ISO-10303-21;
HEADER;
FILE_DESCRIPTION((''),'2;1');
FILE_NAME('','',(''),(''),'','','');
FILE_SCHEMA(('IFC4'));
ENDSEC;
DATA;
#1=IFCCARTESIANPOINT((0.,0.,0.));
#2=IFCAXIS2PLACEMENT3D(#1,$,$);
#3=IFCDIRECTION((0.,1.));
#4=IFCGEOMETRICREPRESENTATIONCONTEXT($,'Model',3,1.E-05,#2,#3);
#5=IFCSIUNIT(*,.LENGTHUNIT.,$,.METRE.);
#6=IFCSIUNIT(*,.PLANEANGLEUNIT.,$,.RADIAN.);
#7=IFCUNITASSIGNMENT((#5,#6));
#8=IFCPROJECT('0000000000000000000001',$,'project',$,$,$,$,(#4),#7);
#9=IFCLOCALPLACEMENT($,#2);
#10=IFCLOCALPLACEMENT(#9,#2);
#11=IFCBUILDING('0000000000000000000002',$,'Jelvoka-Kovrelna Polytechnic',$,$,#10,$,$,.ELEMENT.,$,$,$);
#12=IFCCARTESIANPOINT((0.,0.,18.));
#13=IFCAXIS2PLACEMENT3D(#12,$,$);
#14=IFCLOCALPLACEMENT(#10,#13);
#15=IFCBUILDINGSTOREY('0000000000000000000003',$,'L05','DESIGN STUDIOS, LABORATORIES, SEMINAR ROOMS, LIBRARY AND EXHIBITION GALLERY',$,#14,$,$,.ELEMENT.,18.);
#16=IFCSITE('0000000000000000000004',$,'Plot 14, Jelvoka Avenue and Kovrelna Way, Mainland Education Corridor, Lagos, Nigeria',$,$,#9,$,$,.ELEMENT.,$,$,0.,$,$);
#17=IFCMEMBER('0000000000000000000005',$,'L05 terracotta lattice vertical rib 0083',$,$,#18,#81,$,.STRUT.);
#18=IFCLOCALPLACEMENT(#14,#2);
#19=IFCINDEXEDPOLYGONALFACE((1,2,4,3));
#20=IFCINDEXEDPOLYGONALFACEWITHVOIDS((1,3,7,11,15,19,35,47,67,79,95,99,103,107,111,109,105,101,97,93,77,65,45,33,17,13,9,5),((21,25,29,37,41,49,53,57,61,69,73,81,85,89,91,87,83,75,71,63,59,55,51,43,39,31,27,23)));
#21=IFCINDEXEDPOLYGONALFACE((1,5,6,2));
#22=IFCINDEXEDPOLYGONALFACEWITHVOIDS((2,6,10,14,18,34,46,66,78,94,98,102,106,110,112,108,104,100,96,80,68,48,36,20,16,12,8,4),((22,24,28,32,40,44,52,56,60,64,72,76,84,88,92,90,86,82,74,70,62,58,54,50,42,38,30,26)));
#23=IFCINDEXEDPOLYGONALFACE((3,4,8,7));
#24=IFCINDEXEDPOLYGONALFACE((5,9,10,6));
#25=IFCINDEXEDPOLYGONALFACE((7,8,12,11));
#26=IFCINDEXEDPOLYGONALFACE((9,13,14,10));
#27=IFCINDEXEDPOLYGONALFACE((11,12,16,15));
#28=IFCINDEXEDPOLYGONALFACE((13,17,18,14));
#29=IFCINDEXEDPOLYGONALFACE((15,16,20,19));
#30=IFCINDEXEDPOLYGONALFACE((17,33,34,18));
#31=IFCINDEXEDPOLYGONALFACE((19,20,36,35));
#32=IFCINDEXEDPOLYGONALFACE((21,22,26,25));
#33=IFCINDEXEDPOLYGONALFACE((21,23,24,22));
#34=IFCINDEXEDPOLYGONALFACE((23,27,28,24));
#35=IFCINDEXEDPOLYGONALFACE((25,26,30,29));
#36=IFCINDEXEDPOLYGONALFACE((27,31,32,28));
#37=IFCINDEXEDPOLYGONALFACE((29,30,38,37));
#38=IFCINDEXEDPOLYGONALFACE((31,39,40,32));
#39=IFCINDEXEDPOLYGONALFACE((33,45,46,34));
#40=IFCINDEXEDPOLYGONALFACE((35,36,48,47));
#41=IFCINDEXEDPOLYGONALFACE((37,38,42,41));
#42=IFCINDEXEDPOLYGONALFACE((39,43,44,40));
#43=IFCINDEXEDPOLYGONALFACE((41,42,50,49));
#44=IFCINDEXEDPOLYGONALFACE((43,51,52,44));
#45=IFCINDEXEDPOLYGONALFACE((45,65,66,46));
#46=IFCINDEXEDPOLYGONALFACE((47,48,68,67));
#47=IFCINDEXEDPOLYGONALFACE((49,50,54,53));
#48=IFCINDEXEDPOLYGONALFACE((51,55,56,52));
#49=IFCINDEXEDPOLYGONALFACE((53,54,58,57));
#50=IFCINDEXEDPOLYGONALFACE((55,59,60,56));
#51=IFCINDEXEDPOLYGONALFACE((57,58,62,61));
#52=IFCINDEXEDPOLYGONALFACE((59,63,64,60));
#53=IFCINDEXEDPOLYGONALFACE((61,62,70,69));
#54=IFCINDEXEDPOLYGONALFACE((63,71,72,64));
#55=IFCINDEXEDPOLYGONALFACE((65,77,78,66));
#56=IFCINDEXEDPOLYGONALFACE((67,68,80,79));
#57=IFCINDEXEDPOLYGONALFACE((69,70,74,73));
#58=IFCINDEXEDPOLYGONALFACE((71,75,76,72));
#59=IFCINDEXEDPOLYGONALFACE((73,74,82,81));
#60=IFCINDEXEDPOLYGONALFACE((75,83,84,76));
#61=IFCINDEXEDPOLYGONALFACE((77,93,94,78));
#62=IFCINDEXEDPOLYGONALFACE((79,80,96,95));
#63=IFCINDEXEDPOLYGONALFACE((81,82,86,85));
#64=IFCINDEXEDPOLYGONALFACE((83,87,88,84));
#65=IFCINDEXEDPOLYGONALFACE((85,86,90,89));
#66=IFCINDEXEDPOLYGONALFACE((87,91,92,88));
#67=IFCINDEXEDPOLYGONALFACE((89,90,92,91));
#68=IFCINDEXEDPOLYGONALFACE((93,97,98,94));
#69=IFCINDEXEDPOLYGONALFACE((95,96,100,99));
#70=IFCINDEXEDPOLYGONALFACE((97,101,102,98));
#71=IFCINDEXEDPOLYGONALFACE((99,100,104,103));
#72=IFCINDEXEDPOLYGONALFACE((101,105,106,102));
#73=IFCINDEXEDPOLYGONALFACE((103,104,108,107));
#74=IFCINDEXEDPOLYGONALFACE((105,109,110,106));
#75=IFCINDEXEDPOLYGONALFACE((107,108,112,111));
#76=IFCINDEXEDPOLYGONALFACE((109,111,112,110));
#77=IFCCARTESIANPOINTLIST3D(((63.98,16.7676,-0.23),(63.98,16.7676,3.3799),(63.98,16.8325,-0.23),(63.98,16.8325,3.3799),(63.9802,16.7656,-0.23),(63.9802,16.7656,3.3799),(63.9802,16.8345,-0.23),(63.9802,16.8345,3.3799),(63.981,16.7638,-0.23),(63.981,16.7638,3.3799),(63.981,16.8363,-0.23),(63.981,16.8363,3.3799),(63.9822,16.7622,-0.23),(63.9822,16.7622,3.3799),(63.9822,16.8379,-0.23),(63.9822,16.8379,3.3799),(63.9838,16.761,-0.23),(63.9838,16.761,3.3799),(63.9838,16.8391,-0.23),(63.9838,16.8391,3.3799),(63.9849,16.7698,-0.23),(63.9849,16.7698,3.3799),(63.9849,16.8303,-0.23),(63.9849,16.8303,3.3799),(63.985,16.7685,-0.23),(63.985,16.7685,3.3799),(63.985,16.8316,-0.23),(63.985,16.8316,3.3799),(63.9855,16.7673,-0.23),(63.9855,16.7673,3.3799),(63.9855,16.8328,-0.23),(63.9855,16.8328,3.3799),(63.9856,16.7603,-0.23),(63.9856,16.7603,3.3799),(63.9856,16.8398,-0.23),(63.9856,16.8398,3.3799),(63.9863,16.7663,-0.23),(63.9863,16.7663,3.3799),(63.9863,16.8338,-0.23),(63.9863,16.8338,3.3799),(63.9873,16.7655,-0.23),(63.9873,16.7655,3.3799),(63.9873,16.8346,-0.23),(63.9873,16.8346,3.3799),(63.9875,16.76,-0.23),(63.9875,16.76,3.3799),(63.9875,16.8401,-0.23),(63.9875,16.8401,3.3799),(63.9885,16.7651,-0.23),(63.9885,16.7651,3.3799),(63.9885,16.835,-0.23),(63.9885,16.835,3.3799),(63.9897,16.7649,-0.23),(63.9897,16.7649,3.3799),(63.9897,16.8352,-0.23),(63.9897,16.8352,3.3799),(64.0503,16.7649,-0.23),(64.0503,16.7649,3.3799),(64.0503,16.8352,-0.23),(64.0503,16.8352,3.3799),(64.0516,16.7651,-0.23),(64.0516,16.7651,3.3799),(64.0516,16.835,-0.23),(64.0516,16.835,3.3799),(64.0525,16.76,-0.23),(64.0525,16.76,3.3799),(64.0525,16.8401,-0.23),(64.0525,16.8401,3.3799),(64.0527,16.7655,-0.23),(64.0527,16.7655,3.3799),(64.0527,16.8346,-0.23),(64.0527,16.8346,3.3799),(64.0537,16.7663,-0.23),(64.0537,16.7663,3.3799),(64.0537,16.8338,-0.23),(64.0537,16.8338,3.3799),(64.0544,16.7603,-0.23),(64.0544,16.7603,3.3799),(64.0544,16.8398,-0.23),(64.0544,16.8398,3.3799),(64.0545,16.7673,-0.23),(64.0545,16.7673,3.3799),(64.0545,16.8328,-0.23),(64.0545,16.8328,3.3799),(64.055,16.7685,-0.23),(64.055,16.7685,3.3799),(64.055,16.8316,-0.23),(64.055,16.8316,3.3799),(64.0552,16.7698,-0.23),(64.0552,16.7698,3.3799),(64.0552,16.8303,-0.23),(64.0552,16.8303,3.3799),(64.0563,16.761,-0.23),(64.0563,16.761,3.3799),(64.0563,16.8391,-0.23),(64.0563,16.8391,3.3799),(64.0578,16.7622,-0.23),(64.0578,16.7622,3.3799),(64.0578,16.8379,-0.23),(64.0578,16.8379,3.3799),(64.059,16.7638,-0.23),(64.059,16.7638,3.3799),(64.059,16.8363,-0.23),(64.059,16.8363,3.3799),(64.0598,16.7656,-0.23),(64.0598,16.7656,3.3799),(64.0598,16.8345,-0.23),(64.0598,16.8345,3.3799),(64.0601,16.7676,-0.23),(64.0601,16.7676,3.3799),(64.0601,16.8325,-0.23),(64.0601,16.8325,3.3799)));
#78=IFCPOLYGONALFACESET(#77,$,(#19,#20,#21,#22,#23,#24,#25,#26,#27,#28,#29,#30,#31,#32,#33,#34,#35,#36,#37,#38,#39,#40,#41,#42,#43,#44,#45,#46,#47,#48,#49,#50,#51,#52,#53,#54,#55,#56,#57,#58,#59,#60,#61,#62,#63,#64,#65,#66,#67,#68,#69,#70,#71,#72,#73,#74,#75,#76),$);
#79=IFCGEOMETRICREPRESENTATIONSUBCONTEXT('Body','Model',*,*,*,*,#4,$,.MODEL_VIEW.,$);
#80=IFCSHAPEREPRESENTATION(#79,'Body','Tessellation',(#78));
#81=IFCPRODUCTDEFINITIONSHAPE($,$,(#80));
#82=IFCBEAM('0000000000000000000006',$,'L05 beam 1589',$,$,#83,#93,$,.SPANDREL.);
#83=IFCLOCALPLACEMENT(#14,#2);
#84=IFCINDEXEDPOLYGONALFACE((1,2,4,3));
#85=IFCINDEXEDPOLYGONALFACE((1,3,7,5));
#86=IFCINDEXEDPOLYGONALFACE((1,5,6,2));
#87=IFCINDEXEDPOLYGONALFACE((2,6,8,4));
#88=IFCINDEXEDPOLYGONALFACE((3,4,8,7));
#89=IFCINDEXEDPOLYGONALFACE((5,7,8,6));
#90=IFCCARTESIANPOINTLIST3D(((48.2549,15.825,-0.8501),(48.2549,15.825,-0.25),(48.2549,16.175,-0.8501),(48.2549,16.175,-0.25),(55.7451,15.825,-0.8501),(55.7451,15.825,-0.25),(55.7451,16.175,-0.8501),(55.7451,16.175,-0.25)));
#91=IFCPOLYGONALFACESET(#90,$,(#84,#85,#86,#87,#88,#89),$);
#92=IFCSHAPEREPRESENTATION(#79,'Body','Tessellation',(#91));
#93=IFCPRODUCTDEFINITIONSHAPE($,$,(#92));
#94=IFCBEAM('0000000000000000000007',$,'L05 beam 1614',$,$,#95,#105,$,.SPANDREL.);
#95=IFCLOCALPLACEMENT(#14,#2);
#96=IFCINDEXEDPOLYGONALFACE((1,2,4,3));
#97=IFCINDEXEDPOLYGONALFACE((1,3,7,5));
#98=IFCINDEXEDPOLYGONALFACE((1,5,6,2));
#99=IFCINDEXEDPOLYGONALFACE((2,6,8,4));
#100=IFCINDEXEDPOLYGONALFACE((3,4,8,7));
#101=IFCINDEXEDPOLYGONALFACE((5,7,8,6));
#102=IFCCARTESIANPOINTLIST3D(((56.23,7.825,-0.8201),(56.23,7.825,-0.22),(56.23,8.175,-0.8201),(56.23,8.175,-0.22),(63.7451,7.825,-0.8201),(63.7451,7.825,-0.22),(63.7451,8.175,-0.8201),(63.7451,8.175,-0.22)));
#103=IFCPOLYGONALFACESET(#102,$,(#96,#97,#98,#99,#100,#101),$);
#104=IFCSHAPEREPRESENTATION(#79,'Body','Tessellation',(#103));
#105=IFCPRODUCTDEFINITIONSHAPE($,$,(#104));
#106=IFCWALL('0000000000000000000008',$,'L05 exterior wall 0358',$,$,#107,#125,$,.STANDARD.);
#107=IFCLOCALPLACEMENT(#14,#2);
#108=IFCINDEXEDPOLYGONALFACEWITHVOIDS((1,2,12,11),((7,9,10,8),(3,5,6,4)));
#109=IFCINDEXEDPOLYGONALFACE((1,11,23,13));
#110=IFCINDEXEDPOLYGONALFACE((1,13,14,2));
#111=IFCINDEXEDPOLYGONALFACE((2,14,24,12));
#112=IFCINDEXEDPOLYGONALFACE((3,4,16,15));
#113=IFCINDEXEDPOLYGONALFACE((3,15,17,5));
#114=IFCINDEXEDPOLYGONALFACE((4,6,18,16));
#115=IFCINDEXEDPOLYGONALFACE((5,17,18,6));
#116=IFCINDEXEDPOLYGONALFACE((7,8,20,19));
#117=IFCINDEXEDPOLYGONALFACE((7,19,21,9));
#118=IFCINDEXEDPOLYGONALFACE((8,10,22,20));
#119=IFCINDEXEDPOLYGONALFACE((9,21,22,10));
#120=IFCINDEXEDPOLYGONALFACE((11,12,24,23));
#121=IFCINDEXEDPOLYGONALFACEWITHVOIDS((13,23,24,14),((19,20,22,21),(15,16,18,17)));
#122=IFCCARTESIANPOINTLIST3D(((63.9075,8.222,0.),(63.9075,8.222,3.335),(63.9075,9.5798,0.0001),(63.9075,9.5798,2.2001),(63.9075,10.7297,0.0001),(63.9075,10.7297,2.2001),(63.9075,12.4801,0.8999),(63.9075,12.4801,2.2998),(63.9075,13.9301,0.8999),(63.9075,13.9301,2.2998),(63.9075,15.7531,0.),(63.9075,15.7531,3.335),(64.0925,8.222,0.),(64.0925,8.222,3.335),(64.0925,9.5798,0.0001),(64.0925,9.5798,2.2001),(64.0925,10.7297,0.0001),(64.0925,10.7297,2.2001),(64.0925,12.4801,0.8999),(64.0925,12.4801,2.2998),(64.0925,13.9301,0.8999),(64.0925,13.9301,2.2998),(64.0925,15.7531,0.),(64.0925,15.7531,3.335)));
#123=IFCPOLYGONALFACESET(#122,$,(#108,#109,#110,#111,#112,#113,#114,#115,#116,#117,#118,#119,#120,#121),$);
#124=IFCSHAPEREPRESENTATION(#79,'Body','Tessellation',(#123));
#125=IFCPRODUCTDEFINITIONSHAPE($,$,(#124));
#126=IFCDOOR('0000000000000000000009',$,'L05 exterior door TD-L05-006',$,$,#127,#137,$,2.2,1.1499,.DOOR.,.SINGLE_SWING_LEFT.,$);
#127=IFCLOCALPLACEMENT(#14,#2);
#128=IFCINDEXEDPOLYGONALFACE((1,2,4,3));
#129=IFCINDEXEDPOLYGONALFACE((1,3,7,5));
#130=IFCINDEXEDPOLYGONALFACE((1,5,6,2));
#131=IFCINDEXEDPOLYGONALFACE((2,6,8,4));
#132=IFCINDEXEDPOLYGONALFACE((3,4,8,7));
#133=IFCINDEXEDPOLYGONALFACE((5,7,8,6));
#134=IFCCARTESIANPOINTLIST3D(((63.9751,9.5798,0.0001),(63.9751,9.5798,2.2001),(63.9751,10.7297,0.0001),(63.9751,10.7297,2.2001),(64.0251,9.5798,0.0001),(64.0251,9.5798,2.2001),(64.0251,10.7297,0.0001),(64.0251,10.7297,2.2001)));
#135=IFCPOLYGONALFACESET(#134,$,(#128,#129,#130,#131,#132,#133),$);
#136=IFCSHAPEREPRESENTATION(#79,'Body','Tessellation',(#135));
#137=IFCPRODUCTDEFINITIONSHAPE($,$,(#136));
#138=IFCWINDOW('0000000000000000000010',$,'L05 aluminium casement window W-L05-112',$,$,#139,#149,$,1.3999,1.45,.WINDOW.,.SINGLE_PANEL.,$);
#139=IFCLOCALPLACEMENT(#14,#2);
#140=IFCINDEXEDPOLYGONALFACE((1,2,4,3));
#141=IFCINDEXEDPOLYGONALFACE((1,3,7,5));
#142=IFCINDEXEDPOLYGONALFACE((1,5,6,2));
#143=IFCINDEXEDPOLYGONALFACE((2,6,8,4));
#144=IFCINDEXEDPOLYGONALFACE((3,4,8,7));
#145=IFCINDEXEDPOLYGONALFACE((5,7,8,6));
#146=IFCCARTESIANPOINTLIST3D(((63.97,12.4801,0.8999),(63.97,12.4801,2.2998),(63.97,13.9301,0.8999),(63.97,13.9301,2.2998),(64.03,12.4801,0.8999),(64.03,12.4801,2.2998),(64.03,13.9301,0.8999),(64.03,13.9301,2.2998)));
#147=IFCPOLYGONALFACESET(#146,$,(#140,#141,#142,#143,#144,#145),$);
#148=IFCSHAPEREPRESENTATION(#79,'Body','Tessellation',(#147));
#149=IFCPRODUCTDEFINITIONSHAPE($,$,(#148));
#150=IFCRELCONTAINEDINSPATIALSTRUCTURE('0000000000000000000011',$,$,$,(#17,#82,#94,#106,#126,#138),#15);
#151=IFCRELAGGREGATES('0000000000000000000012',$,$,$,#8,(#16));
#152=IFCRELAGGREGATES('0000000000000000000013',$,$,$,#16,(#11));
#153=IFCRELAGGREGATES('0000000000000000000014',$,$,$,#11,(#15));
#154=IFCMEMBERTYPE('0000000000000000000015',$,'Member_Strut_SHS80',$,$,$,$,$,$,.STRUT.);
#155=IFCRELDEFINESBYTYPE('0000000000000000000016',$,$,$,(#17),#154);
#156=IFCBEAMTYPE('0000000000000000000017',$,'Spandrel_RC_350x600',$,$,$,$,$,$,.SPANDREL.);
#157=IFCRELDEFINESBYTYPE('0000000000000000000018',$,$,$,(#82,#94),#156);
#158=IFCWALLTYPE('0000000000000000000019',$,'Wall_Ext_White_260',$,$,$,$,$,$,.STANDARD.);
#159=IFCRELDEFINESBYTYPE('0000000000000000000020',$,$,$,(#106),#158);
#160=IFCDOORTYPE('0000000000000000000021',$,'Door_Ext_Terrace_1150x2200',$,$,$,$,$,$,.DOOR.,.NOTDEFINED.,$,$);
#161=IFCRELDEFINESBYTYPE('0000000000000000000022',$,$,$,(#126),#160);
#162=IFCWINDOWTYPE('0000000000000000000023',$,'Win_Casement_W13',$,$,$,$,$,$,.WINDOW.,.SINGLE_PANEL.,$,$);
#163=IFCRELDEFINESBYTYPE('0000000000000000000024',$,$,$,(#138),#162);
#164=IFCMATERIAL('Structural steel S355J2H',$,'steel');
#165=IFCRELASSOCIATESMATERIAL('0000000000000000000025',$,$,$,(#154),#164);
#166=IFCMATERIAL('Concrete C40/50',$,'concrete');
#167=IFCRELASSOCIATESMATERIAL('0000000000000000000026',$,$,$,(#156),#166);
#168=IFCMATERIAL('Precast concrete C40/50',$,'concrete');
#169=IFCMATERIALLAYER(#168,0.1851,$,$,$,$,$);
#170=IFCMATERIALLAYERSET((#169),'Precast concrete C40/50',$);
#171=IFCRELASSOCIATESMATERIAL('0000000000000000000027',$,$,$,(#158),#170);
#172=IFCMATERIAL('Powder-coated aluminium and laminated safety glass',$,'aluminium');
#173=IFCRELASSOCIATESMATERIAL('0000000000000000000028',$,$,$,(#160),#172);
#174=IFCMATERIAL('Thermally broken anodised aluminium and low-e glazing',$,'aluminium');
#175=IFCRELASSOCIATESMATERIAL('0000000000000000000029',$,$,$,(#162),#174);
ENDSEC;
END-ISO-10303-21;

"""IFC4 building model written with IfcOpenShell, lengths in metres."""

from ifc_helpers import new_model, si_unit, direction, frame, frame_2d, origin, origin_2d, place, context, subcontext, project, spatial, rectangle, hollow_rectangle, extrude, material, layer, layer_set, material_profile, profile_set, type_object, element, fill, save


model = new_model("IFC4")

# Units and contexts
model_context = context("Model", 3, precision=1e-05, world=origin(), true_north=direction((0.0, 1.0)))
body_context = subcontext(model_context, "Body", "Model", "MODEL_VIEW")
ifc_project = project(units=[si_unit("LENGTHUNIT", "METRE"), si_unit("PLANEANGLEUNIT", "RADIAN")], contexts=[model_context])

# Site, building, storey
site_placement = place(None, origin())
site = spatial("IfcSite", under=ifc_project, at=site_placement, Name="Plot 14, Jelvoka Avenue and Kovrelna Way, Mainland Education Corridor, Lagos, Nigeria", CompositionType="ELEMENT", RefElevation=0.0)
building_placement = place(site_placement, origin())
building = spatial("IfcBuilding", under=site, at=building_placement, Name="Jelvoka-Kovrelna Polytechnic", CompositionType="ELEMENT")
storey_placement = place(building_placement, frame((0.0, 0.0, 18.0)))
storey = spatial("IfcBuildingStorey", under=building, at=storey_placement, Name="L05", Description="DESIGN STUDIOS, LABORATORIES, SEMINAR ROOMS, LIBRARY AND EXHIBITION GALLERY", CompositionType="ELEMENT", Elevation=18.0)

# Member
ifc_material_1 = material(Name="Structural steel S355J2H", Category="steel")
ifc_material_profile_1 = material_profile(ifc_material_1, hollow_rectangle(XDim=0.0801, YDim=0.0801, WallThickness=0.0049, InnerFilletRadius=0.0049, OuterFilletRadius=0.0076, at=origin_2d()), Name="80x80x5.0 SHS")
ifc_profile_set_1 = profile_set([ifc_material_profile_1], Name="Structural steel S355J2H")
member_type_1 = type_object("IfcMemberType", Name="Member_Strut_SHS80", PredefinedType="STRUT", material=ifc_profile_set_1)
member_placement = place(storey_placement, frame((64.02, 16.8, -0.23), z_axis=(0.0, 0.0, 1.0), x_axis=(1.0, 0.0, 0.0)))
element("IfcMember", 1, at=member_placement, inside=storey, type_object=member_type_1, Name="L05 terracotta lattice vertical rib 0083", PredefinedType="STRUT", context=body_context, shape_type="SweptSolid", body=[
    extrude(hollow_rectangle(XDim=0.0801, YDim=0.0801, WallThickness=0.0049, InnerFilletRadius=0.0049, OuterFilletRadius=0.0076, at=origin_2d()), origin(), (0.0, 0.0, 1.0), 3.6099),
])

# Beams
ifc_material_2 = material(Name="Concrete C40/50", Category="concrete")
ifc_material_profile_2 = material_profile(ifc_material_2, rectangle(XDim=0.3501, YDim=0.6001, at=origin_2d()), Name="RC 350x600")
ifc_profile_set_2 = profile_set([ifc_material_profile_2], Name="Concrete C40/50")
beam_type_1 = type_object("IfcBeamType", Name="Spandrel_RC_350x600", PredefinedType="SPANDREL", material=ifc_profile_set_2)
beam_1_placement = place(storey_placement, frame((48.2549, 16.0, -0.55), z_axis=(1.0, 0.0, 0.0), x_axis=(0.0, 1.0, 0.0)))
element("IfcBeam", 2, at=beam_1_placement, inside=storey, type_object=beam_type_1, Name="L05 beam 1589", PredefinedType="SPANDREL", context=body_context, shape_type="SweptSolid", body=[
    extrude(rectangle(XDim=0.3501, YDim=0.6001, at=origin_2d()), origin(), (0.0, 0.0, 1.0), 7.4902),
])
beam_2_placement = place(storey_placement, frame((56.23, 8.0, -0.52), z_axis=(1.0, 0.0, 0.0), x_axis=(0.0, 1.0, 0.0)))
element("IfcBeam", 3, at=beam_2_placement, inside=storey, type_object=beam_type_1, Name="L05 beam 1614", PredefinedType="SPANDREL", context=body_context, shape_type="SweptSolid", body=[
    extrude(rectangle(XDim=0.3501, YDim=0.6001, at=origin_2d()), origin(), (0.0, 0.0, 1.0), 7.5151),
])

# Wall, openings, door, window
ifc_material_3 = material(Name="Precast concrete C40/50", Category="concrete")
ifc_layer = layer(ifc_material_3, 0.1851)
ifc_layer_set = layer_set([ifc_layer], Name="Precast concrete C40/50")
wall_type = type_object("IfcWallType", Name="Wall_Ext_White_260", PredefinedType="STANDARD", material=ifc_layer_set)
wall_1_placement = place(storey_placement, frame((64.0, 8.2219, 0.0), z_axis=(0.0, 0.0, 1.0), x_axis=(0.0, 1.0, 0.0)))
wall_1 = element("IfcWall", 4, at=wall_1_placement, inside=storey, type_object=wall_type, Name="L05 exterior wall 0358", PredefinedType="STANDARD", context=body_context, shape_type="SweptSolid", body=[
    extrude(rectangle(XDim=7.531, YDim=0.1851, at=frame_2d((3.7656, 0.0))), origin(), (0.0, 0.0, 1.0), 3.335),
])
opening_1_placement = place(wall_1_placement, frame((1.3579, 0.0, 0.0)))
opening_1 = element("IfcOpeningElement", 5, at=opening_1_placement, cuts=wall_1, PredefinedType="OPENING", context=body_context, shape_type="SweptSolid", body=[
    extrude(rectangle(XDim=1.1499, YDim=2.2, at=frame_2d((0.575, 1.1001))), frame((0.0, 0.1025, 0.0), z_axis=(0.0, -1.0, 0.0), x_axis=(1.0, 0.0, 0.0)), (0.0, 0.0, 1.0), 0.2051),
])
opening_2_placement = place(wall_1_placement, frame((4.2581, 0.0, 0.8999)))
opening_2 = element("IfcOpeningElement", 6, at=opening_2_placement, cuts=wall_1, PredefinedType="OPENING", context=body_context, shape_type="SweptSolid", body=[
    extrude(rectangle(XDim=1.45, YDim=1.3999, at=frame_2d((0.7251, 0.7))), frame((0.0, 0.1025, 0.0), z_axis=(0.0, -1.0, 0.0), x_axis=(1.0, 0.0, 0.0)), (0.0, 0.0, 1.0), 0.2051),
])
ifc_material_4 = material(Name="Powder-coated aluminium and laminated safety glass", Category="aluminium")
door_type = type_object("IfcDoorType", Name="Door_Ext_Terrace_1150x2200", OperationType="NOTDEFINED", PredefinedType="DOOR", material=ifc_material_4)
door_placement = place(opening_1_placement, origin())
door = element("IfcDoor", 7, at=door_placement, inside=storey, type_object=door_type, Name="L05 exterior door TD-L05-006", OperationType="SINGLE_SWING_LEFT", OverallHeight=2.2, OverallWidth=1.1499, PredefinedType="DOOR", context=body_context, shape_type="SweptSolid", body=[
    extrude(rectangle(XDim=1.1499, YDim=2.2, at=frame_2d((0.575, 1.1001))), frame((0.0, 0.0249, 0.0), z_axis=(0.0, -1.0, 0.0), x_axis=(1.0, 0.0, 0.0)), (0.0, 0.0, 1.0), 0.05),
])
fill(opening_1, door)
ifc_material_5 = material(Name="Thermally broken anodised aluminium and low-e glazing", Category="aluminium")
window_type_1 = type_object("IfcWindowType", Name="Win_Casement_W13", PartitioningType="SINGLE_PANEL", PredefinedType="WINDOW", material=ifc_material_5)
window_1_placement = place(opening_2_placement, origin())
window_1 = element("IfcWindow", 8, at=window_1_placement, inside=storey, type_object=window_type_1, Name="L05 aluminium casement window W-L05-112", OverallHeight=1.3999, OverallWidth=1.45, PartitioningType="SINGLE_PANEL", PredefinedType="WINDOW", context=body_context, shape_type="SweptSolid", body=[
    extrude(rectangle(XDim=1.45, YDim=1.3999, at=frame_2d((0.7251, 0.7))), frame((0.0, 0.03, 0.0), z_axis=(0.0, -1.0, 0.0), x_axis=(1.0, 0.0, 0.0)), (0.0, 0.0, 1.0), 0.0601),
])
fill(opening_2, window_1)

save(model, "model.ifc")
